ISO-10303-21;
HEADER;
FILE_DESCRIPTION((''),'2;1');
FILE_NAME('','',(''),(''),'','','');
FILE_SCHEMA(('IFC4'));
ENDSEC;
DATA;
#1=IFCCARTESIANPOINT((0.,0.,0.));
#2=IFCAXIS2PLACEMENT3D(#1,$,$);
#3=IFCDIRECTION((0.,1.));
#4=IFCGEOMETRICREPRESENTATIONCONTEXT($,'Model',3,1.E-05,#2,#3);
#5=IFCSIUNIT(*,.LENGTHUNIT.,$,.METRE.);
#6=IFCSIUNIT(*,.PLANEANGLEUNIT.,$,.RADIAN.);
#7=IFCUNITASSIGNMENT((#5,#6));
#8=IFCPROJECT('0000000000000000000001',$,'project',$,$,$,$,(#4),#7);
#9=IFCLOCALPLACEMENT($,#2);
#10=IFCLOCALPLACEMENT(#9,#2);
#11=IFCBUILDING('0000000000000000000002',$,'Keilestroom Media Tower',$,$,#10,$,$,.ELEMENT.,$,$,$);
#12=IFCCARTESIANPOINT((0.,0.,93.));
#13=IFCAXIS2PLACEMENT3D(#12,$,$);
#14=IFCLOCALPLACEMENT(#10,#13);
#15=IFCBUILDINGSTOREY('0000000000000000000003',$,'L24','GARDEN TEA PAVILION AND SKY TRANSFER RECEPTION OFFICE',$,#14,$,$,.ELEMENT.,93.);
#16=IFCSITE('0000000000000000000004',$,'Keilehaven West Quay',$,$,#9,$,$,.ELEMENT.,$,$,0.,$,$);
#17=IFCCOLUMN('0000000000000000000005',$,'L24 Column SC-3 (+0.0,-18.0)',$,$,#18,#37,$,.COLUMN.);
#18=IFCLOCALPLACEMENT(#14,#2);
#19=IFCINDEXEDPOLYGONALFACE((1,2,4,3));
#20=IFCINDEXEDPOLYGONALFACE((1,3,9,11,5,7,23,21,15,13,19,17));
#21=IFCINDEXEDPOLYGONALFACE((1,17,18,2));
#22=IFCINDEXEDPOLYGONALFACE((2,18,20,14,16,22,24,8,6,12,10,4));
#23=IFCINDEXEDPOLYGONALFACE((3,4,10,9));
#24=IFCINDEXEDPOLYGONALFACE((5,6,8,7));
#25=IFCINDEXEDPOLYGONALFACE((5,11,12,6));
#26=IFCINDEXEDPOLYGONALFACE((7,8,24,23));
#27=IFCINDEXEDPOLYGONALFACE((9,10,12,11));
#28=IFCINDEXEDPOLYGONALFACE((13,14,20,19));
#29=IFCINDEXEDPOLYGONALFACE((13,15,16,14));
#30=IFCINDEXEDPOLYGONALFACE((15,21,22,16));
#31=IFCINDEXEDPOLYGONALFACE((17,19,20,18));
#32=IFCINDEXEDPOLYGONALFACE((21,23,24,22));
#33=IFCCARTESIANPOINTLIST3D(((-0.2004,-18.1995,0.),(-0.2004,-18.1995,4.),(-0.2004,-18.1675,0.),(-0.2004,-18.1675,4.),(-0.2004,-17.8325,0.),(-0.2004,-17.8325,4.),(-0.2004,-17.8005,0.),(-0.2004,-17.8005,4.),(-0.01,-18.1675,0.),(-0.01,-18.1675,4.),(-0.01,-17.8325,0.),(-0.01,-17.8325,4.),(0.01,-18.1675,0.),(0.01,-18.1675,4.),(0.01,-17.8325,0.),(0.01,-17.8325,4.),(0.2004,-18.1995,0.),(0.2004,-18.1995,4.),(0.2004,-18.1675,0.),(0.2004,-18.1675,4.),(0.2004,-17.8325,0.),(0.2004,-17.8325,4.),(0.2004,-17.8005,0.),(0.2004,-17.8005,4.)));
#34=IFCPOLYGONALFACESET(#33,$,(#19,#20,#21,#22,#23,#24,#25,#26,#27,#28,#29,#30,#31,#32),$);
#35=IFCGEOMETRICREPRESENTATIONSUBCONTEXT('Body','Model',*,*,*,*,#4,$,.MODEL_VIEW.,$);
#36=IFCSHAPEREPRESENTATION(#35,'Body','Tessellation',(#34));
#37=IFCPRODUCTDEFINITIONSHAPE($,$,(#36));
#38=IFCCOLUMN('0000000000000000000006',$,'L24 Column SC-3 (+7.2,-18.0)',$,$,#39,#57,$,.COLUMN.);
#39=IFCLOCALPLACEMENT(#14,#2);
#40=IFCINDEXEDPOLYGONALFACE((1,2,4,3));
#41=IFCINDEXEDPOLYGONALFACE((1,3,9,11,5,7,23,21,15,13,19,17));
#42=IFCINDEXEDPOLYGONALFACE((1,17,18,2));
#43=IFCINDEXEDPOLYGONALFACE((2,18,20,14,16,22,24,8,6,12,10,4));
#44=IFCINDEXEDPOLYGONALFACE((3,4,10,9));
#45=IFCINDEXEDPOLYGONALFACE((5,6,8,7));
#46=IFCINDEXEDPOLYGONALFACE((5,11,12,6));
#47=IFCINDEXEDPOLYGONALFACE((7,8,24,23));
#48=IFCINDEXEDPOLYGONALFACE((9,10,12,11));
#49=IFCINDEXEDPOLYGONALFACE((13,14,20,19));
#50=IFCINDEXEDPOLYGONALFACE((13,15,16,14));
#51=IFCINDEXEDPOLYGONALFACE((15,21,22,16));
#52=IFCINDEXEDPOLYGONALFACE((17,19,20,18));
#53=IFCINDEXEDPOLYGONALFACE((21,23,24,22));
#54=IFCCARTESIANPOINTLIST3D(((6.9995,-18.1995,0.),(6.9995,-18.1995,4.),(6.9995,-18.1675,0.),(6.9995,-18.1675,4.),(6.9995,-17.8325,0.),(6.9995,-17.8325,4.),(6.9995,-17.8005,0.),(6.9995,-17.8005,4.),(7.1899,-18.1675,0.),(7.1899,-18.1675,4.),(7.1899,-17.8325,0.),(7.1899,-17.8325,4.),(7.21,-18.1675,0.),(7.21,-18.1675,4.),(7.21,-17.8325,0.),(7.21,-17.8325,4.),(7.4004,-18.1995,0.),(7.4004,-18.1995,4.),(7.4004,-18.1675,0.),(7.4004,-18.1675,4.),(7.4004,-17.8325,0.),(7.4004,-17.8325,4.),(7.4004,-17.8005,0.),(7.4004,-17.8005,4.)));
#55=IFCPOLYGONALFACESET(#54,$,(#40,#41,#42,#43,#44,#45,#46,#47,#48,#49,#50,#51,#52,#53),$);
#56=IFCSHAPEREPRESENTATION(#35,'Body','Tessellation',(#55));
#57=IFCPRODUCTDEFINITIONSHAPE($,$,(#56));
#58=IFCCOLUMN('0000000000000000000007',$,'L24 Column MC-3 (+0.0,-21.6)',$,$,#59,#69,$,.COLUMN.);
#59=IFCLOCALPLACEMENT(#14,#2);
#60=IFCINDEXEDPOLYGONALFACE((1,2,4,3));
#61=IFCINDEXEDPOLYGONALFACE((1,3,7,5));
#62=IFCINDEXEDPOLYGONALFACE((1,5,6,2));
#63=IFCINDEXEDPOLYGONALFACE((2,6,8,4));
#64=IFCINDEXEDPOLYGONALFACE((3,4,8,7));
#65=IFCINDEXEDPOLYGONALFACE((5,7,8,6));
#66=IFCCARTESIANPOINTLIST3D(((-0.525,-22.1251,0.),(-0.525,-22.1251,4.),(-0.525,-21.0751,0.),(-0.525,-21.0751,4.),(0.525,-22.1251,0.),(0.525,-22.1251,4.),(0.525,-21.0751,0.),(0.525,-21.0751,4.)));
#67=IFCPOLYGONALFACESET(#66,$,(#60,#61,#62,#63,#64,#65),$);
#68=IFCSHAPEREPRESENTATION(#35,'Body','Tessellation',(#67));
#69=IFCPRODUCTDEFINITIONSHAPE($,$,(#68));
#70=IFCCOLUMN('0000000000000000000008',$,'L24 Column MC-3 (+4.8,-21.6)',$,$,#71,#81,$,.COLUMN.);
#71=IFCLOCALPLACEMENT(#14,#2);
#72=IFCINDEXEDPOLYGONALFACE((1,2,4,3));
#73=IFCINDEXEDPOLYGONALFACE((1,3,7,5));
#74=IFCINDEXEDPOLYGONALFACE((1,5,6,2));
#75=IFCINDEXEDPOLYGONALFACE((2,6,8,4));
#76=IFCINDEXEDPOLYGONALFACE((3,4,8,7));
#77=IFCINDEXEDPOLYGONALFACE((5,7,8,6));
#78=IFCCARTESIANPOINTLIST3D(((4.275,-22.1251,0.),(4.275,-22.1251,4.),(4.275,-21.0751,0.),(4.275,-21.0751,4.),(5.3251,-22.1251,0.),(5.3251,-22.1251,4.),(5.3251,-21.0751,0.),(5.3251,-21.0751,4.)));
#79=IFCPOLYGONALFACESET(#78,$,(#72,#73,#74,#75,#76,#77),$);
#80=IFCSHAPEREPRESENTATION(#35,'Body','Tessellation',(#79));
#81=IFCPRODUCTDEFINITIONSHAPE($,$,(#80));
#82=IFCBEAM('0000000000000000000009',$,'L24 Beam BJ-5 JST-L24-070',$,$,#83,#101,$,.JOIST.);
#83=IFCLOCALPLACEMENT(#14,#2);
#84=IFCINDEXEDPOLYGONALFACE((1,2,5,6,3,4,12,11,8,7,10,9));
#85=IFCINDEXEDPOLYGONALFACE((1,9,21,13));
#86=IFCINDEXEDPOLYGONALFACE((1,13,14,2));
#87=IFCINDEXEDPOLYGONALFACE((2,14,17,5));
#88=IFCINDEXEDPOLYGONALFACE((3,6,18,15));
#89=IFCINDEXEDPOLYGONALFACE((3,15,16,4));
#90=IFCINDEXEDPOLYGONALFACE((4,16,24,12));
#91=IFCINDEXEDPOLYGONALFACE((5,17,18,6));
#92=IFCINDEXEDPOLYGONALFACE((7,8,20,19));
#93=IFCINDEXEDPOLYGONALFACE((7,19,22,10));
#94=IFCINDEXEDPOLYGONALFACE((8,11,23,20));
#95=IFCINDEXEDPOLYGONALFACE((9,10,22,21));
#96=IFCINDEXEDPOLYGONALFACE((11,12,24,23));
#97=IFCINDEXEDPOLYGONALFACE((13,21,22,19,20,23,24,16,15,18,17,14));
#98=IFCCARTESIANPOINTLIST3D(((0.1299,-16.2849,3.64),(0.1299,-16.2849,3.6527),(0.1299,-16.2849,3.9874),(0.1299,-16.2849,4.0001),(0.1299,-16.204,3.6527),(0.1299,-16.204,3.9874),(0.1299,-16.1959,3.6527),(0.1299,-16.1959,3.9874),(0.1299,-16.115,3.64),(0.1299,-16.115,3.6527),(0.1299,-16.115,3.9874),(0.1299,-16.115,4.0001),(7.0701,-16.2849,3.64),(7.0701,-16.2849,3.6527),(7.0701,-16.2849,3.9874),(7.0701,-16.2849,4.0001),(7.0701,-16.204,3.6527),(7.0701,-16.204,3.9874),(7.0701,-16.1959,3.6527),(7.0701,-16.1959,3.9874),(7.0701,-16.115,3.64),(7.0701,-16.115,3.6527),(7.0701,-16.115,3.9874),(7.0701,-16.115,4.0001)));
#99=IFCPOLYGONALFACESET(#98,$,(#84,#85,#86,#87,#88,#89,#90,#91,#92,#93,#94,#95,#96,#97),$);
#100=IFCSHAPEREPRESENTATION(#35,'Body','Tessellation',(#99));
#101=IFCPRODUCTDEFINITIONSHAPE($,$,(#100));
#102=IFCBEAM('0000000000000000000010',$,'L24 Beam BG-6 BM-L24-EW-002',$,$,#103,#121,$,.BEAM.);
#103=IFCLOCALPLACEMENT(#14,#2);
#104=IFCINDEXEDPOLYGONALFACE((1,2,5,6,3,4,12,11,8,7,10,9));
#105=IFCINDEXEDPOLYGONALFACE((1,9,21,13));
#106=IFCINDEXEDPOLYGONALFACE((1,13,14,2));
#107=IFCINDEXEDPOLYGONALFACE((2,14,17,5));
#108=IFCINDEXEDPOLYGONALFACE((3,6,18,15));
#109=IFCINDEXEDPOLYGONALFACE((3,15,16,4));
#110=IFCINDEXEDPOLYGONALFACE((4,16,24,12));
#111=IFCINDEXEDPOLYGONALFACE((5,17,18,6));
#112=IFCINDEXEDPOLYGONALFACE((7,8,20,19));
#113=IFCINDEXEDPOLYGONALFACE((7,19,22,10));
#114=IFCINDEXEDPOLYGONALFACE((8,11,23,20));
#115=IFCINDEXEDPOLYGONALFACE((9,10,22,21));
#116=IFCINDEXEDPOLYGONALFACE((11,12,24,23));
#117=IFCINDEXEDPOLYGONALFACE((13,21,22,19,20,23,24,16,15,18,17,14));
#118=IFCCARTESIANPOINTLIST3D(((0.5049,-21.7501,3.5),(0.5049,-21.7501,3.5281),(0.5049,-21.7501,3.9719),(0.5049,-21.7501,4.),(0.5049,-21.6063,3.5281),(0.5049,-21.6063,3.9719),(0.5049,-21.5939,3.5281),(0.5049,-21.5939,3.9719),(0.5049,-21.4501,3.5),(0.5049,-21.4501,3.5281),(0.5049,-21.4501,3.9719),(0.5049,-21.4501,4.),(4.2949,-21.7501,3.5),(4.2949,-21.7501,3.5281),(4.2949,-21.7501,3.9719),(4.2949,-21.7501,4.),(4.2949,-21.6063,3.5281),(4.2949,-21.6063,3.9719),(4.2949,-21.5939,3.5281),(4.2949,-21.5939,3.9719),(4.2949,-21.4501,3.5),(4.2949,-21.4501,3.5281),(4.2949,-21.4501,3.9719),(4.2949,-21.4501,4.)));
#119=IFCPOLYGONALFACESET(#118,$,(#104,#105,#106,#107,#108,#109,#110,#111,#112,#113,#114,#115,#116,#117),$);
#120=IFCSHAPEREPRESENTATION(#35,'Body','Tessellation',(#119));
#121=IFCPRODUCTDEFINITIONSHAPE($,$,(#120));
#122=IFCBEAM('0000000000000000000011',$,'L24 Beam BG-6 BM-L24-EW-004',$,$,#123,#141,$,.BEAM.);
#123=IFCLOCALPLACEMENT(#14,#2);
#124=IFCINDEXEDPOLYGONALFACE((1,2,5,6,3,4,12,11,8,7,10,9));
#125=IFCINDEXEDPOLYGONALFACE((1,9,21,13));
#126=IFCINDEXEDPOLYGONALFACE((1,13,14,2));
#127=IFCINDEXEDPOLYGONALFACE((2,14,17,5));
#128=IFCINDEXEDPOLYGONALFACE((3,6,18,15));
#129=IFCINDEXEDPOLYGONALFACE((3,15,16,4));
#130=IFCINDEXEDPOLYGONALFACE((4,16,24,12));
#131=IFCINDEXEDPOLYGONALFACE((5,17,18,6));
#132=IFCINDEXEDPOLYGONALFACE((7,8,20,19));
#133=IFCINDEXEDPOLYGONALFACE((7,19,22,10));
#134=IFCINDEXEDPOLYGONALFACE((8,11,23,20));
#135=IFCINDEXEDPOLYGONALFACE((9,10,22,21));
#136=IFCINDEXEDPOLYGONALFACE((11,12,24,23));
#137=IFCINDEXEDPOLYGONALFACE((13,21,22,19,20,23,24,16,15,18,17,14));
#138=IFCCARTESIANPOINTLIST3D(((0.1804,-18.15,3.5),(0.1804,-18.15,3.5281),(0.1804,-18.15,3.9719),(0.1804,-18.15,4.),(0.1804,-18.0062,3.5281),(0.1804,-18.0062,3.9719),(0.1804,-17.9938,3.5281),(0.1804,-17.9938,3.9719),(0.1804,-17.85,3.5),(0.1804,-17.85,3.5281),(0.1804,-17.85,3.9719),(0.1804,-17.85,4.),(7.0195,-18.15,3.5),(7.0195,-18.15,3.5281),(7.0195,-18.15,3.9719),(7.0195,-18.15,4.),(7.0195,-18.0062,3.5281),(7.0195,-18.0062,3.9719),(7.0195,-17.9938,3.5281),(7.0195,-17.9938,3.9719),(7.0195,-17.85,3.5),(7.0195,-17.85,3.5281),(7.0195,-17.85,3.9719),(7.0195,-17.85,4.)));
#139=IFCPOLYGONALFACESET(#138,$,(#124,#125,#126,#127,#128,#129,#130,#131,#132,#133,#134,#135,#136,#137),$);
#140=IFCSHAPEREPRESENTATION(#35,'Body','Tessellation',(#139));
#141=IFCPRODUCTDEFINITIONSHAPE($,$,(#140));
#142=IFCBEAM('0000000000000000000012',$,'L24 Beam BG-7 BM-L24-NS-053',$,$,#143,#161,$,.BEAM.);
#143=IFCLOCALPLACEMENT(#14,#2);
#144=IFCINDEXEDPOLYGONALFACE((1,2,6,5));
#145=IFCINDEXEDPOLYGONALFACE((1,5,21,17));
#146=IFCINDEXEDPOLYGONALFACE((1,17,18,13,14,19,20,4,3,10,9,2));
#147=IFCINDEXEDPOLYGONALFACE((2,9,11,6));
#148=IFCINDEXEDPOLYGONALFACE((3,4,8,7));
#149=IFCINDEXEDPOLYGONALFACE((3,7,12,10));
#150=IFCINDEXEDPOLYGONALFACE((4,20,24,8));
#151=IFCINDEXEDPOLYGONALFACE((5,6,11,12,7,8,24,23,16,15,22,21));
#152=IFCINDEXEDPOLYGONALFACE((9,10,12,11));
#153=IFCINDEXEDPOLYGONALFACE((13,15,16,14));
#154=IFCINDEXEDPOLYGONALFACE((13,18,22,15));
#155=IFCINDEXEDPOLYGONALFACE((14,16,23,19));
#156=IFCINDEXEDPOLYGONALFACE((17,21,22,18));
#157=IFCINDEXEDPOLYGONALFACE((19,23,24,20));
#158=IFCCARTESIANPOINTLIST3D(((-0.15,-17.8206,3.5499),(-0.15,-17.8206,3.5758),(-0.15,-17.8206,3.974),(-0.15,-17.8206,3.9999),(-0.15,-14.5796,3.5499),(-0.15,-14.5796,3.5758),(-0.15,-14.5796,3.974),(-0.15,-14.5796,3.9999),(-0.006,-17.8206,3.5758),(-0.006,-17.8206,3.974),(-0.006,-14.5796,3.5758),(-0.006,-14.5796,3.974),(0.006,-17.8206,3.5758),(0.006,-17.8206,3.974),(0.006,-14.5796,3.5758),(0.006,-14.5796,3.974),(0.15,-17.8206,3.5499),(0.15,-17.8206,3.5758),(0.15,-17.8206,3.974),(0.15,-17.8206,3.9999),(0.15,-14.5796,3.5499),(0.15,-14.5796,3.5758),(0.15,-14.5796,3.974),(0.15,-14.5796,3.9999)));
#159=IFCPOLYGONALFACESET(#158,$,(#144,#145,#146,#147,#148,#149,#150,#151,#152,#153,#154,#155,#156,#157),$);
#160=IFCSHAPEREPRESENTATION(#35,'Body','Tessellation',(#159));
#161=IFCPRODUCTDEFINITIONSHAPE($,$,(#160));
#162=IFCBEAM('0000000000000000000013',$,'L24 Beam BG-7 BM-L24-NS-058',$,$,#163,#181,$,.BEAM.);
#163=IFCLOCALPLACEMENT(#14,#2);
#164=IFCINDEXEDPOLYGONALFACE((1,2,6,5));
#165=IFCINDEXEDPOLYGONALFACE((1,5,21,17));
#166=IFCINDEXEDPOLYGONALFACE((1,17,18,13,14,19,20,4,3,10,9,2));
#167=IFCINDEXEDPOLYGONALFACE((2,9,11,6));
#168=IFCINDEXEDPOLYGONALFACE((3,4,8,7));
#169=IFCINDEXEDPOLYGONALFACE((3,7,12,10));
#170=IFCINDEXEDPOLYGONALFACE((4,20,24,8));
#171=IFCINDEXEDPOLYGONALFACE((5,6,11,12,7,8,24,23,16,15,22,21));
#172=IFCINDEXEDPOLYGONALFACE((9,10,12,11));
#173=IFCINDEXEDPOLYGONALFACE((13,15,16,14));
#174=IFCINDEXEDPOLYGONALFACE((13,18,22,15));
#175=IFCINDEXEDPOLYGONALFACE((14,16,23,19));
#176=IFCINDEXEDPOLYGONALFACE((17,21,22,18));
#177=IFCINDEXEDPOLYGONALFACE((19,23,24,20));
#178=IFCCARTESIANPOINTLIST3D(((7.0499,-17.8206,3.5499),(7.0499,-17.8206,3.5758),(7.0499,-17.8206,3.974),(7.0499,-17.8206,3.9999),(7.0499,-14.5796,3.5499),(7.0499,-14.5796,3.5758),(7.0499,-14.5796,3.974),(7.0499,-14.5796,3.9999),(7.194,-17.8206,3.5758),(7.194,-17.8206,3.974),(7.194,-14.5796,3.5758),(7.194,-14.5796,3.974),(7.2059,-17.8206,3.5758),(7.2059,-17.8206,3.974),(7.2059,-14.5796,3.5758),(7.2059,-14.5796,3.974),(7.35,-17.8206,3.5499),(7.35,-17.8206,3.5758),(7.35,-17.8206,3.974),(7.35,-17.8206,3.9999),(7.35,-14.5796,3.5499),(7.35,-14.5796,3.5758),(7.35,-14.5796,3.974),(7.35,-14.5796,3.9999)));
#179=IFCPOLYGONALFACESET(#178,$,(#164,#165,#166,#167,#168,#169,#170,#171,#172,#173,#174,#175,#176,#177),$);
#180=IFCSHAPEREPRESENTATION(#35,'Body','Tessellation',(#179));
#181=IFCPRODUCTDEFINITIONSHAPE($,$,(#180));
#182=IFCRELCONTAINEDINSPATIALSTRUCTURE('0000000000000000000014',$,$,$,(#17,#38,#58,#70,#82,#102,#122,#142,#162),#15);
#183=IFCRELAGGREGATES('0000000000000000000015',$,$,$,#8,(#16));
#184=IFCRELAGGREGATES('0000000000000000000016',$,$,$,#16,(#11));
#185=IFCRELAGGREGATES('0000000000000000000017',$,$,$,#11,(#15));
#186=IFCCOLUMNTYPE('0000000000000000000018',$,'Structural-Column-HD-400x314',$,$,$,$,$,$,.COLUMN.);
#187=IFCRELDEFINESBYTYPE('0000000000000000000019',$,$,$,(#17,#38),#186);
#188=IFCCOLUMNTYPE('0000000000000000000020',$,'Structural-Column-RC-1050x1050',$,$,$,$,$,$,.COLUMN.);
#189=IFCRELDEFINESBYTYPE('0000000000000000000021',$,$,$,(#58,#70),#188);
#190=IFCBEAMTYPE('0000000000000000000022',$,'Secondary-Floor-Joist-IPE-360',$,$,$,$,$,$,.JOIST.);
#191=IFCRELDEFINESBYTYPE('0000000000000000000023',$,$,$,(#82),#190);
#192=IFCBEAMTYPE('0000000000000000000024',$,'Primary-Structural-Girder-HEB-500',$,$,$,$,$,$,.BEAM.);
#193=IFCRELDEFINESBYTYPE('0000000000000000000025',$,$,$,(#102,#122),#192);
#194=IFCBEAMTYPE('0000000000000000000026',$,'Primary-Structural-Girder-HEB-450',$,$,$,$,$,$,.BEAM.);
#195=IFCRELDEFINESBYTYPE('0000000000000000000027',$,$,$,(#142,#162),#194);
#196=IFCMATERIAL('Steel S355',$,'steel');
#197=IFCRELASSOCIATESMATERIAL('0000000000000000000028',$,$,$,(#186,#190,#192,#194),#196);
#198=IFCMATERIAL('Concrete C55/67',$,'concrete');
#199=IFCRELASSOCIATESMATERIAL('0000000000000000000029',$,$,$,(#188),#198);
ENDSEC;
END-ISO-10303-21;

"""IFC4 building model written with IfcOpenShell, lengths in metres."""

from ifc_helpers import new_model, si_unit, direction, frame, origin, origin_2d, place, context, subcontext, project, spatial, rectangle, i_section, extrude, source, transform, mapped, material, material_profile, profile_set, type_object, element, save


model = new_model("IFC4")

# Units and contexts
model_context = context("Model", 3, precision=1e-05, world=origin(), true_north=direction((0.0, 1.0)))
body_context = subcontext(model_context, "Body", "Model", "MODEL_VIEW")
ifc_project = project(units=[si_unit("LENGTHUNIT", "METRE"), si_unit("PLANEANGLEUNIT", "RADIAN")], contexts=[model_context])

# Site, building, storey
site_placement = place(None, origin())
site = spatial("IfcSite", under=ifc_project, at=site_placement, Name="Keilehaven West Quay", CompositionType="ELEMENT", RefElevation=0.0)
building_placement = place(site_placement, origin())
building = spatial("IfcBuilding", under=site, at=building_placement, Name="Keilestroom Media Tower", CompositionType="ELEMENT")
storey_placement = place(building_placement, frame((0.0, 0.0, 93.0)))
storey = spatial("IfcBuildingStorey", under=building, at=storey_placement, Name="L24", Description="GARDEN TEA PAVILION AND SKY TRANSFER RECEPTION OFFICE", CompositionType="ELEMENT", Elevation=93.0)

# Columns
ifc_material_1 = material(Name="Steel S355", Category="steel")
ifc_material_profile_1 = material_profile(ifc_material_1, i_section(OverallWidth=0.4009, OverallDepth=0.3989, WebThickness=0.02, FlangeThickness=0.032, at=origin_2d()), Name="HD 400x314")
ifc_profile_set_1 = profile_set([ifc_material_profile_1], Name="Steel S355")
column_type_1 = type_object("IfcColumnType", Name="Structural-Column-HD-400x314", PredefinedType="COLUMN", material=ifc_profile_set_1)
shared_shape_1 = source(origin(), body_context, "Body", "SweptSolid", [
    extrude(i_section(OverallWidth=0.4009, OverallDepth=0.3989, WebThickness=0.02, FlangeThickness=0.032, at=origin_2d()), origin(), (0.0, 0.0, 1.0), 4.0),
])
for number, where, z_axis, x_axis, name in (
    (1, (0.0, -18.0, 0.0), (0.0, 0.0, 1.0), (1.0, 0.0, 0.0), "L24 Column SC-3 (+0.0,-18.0)"),
    (2, (7.2, -18.0, 0.0), (0.0, 0.0, 1.0), (1.0, 0.0, 0.0), "L24 Column SC-3 (+7.2,-18.0)"),
):
    element("IfcColumn", number, at=place(storey_placement, frame(where, z_axis=z_axis, x_axis=x_axis)), inside=storey, type_object=column_type_1, Name=name, PredefinedType="COLUMN", context=body_context, shape_type="MappedRepresentation", body=[
        mapped(shared_shape_1, transform((0.0, 0.0, 0.0), x_axis=(1.0, 0.0, 0.0), y_axis=(0.0, 1.0, 0.0), z_axis=(0.0, 0.0, 1.0), scale=1.0)),
    ])
ifc_material_2 = material(Name="Concrete C55/67", Category="concrete")
ifc_material_profile_2 = material_profile(ifc_material_2, rectangle(XDim=1.05, YDim=1.05, at=origin_2d()), Name="RC 1050x1050")
ifc_profile_set_2 = profile_set([ifc_material_profile_2], Name="Concrete C55/67")
column_type_2 = type_object("IfcColumnType", Name="Structural-Column-RC-1050x1050", PredefinedType="COLUMN", material=ifc_profile_set_2)
shared_shape_2 = source(origin(), body_context, "Body", "SweptSolid", [
    extrude(rectangle(XDim=1.05, YDim=1.05, at=origin_2d()), origin(), (0.0, 0.0, 1.0), 4.0),
])
for number, where, z_axis, x_axis, name in (
    (3, (0.0, -21.6001, 0.0), (0.0, 0.0, 1.0), (1.0, 0.0, 0.0), "L24 Column MC-3 (+0.0,-21.6)"),
    (4, (4.8, -21.6001, 0.0), (0.0, 0.0, 1.0), (1.0, 0.0, 0.0), "L24 Column MC-3 (+4.8,-21.6)"),
):
    element("IfcColumn", number, at=place(storey_placement, frame(where, z_axis=z_axis, x_axis=x_axis)), inside=storey, type_object=column_type_2, Name=name, PredefinedType="COLUMN", context=body_context, shape_type="MappedRepresentation", body=[
        mapped(shared_shape_2, transform((0.0, 0.0, 0.0), x_axis=(1.0, 0.0, 0.0), y_axis=(0.0, 1.0, 0.0), z_axis=(0.0, 0.0, 1.0), scale=1.0)),
    ])

# Beams
ifc_material_profile_3 = material_profile(ifc_material_1, i_section(OverallWidth=0.1699, OverallDepth=0.3601, WebThickness=0.0081, FlangeThickness=0.0127, at=origin_2d()), Name="IPE 360")
ifc_profile_set_3 = profile_set([ifc_material_profile_3], Name="Steel S355")
beam_type_1 = type_object("IfcBeamType", Name="Secondary-Floor-Joist-IPE-360", PredefinedType="JOIST", material=ifc_profile_set_3)
shared_shape_3 = source(origin(), body_context, "Body", "SweptSolid", [
    extrude(i_section(OverallWidth=0.1699, OverallDepth=0.3601, WebThickness=0.0081, FlangeThickness=0.0127, at=origin_2d()), origin(), (0.0, 0.0, 1.0), 6.9402),
])
beam_1_placement = place(storey_placement, frame((0.1299, -16.2, 3.8201), z_axis=(1.0, 0.0, 0.0), x_axis=(0.0, 1.0, 0.0)))
element("IfcBeam", 5, at=beam_1_placement, inside=storey, type_object=beam_type_1, Name="L24 Beam BJ-5 JST-L24-070", PredefinedType="JOIST", context=body_context, shape_type="MappedRepresentation", body=[
    mapped(shared_shape_3, transform((0.0, 0.0, 0.0), x_axis=(1.0, 0.0, 0.0), y_axis=(0.0, 1.0, 0.0), z_axis=(0.0, 0.0, 1.0), scale=1.0)),
])
ifc_material_profile_4 = material_profile(ifc_material_1, i_section(OverallWidth=0.3, OverallDepth=0.5, WebThickness=0.0125, FlangeThickness=0.0281, at=origin_2d()), Name="HEB 500")
ifc_profile_set_4 = profile_set([ifc_material_profile_4], Name="Steel S355")
beam_type_2 = type_object("IfcBeamType", Name="Primary-Structural-Girder-HEB-500", PredefinedType="BEAM", material=ifc_profile_set_4)
shared_shape_4 = source(origin(), body_context, "Body", "SweptSolid", [
    extrude(i_section(OverallWidth=0.3, OverallDepth=0.5, WebThickness=0.0125, FlangeThickness=0.0281, at=origin_2d()), origin(), (0.0, 0.0, 1.0), 3.79),
])
beam_2_placement = place(storey_placement, frame((0.5049, -21.6001, 3.75), z_axis=(1.0, 0.0, 0.0), x_axis=(0.0, 1.0, 0.0)))
element("IfcBeam", 6, at=beam_2_placement, inside=storey, type_object=beam_type_2, Name="L24 Beam BG-6 BM-L24-EW-002", PredefinedType="BEAM", context=body_context, shape_type="MappedRepresentation", body=[
    mapped(shared_shape_4, transform((0.0, 0.0, 0.0), x_axis=(1.0, 0.0, 0.0), y_axis=(0.0, 1.0, 0.0), z_axis=(0.0, 0.0, 1.0), scale=1.0)),
])
shared_shape_5 = source(origin(), body_context, "Body", "SweptSolid", [
    extrude(i_section(OverallWidth=0.3, OverallDepth=0.5, WebThickness=0.0125, FlangeThickness=0.0281, at=origin_2d()), origin(), (0.0, 0.0, 1.0), 6.8391),
])
beam_3_placement = place(storey_placement, frame((0.1804, -18.0, 3.75), z_axis=(1.0, 0.0, 0.0), x_axis=(0.0, 1.0, 0.0)))
element("IfcBeam", 7, at=beam_3_placement, inside=storey, type_object=beam_type_2, Name="L24 Beam BG-6 BM-L24-EW-004", PredefinedType="BEAM", context=body_context, shape_type="MappedRepresentation", body=[
    mapped(shared_shape_5, transform((0.0, 0.0, 0.0), x_axis=(1.0, 0.0, 0.0), y_axis=(0.0, 1.0, 0.0), z_axis=(0.0, 0.0, 1.0), scale=1.0)),
])
ifc_material_profile_5 = material_profile(ifc_material_1, i_section(OverallWidth=0.3, OverallDepth=0.45, WebThickness=0.012, FlangeThickness=0.0259, at=origin_2d()), Name="HEB 450")
ifc_profile_set_5 = profile_set([ifc_material_profile_5], Name="Steel S355")
beam_type_3 = type_object("IfcBeamType", Name="Primary-Structural-Girder-HEB-450", PredefinedType="BEAM", material=ifc_profile_set_5)
shared_shape_6 = source(origin(), body_context, "Body", "SweptSolid", [
    extrude(i_section(OverallWidth=0.3, OverallDepth=0.45, WebThickness=0.012, FlangeThickness=0.0259, at=origin_2d()), origin(), (0.0, 0.0, 1.0), 3.241),
])
for number, where, z_axis, x_axis, name in (
    (8, (0.0, -17.8206, 3.7749), (0.0, 1.0, 0.0), (-1.0, 0.0, 0.0), "L24 Beam BG-7 BM-L24-NS-053"),
    (9, (7.2, -17.8206, 3.7749), (0.0, 1.0, 0.0), (-1.0, 0.0, 0.0), "L24 Beam BG-7 BM-L24-NS-058"),
):
    element("IfcBeam", number, at=place(storey_placement, frame(where, z_axis=z_axis, x_axis=x_axis)), inside=storey, type_object=beam_type_3, Name=name, PredefinedType="BEAM", context=body_context, shape_type="MappedRepresentation", body=[
        mapped(shared_shape_6, transform((0.0, 0.0, 0.0), x_axis=(1.0, 0.0, 0.0), y_axis=(0.0, 1.0, 0.0), z_axis=(0.0, 0.0, 1.0), scale=1.0)),
    ])

save(model, "model.ifc")
